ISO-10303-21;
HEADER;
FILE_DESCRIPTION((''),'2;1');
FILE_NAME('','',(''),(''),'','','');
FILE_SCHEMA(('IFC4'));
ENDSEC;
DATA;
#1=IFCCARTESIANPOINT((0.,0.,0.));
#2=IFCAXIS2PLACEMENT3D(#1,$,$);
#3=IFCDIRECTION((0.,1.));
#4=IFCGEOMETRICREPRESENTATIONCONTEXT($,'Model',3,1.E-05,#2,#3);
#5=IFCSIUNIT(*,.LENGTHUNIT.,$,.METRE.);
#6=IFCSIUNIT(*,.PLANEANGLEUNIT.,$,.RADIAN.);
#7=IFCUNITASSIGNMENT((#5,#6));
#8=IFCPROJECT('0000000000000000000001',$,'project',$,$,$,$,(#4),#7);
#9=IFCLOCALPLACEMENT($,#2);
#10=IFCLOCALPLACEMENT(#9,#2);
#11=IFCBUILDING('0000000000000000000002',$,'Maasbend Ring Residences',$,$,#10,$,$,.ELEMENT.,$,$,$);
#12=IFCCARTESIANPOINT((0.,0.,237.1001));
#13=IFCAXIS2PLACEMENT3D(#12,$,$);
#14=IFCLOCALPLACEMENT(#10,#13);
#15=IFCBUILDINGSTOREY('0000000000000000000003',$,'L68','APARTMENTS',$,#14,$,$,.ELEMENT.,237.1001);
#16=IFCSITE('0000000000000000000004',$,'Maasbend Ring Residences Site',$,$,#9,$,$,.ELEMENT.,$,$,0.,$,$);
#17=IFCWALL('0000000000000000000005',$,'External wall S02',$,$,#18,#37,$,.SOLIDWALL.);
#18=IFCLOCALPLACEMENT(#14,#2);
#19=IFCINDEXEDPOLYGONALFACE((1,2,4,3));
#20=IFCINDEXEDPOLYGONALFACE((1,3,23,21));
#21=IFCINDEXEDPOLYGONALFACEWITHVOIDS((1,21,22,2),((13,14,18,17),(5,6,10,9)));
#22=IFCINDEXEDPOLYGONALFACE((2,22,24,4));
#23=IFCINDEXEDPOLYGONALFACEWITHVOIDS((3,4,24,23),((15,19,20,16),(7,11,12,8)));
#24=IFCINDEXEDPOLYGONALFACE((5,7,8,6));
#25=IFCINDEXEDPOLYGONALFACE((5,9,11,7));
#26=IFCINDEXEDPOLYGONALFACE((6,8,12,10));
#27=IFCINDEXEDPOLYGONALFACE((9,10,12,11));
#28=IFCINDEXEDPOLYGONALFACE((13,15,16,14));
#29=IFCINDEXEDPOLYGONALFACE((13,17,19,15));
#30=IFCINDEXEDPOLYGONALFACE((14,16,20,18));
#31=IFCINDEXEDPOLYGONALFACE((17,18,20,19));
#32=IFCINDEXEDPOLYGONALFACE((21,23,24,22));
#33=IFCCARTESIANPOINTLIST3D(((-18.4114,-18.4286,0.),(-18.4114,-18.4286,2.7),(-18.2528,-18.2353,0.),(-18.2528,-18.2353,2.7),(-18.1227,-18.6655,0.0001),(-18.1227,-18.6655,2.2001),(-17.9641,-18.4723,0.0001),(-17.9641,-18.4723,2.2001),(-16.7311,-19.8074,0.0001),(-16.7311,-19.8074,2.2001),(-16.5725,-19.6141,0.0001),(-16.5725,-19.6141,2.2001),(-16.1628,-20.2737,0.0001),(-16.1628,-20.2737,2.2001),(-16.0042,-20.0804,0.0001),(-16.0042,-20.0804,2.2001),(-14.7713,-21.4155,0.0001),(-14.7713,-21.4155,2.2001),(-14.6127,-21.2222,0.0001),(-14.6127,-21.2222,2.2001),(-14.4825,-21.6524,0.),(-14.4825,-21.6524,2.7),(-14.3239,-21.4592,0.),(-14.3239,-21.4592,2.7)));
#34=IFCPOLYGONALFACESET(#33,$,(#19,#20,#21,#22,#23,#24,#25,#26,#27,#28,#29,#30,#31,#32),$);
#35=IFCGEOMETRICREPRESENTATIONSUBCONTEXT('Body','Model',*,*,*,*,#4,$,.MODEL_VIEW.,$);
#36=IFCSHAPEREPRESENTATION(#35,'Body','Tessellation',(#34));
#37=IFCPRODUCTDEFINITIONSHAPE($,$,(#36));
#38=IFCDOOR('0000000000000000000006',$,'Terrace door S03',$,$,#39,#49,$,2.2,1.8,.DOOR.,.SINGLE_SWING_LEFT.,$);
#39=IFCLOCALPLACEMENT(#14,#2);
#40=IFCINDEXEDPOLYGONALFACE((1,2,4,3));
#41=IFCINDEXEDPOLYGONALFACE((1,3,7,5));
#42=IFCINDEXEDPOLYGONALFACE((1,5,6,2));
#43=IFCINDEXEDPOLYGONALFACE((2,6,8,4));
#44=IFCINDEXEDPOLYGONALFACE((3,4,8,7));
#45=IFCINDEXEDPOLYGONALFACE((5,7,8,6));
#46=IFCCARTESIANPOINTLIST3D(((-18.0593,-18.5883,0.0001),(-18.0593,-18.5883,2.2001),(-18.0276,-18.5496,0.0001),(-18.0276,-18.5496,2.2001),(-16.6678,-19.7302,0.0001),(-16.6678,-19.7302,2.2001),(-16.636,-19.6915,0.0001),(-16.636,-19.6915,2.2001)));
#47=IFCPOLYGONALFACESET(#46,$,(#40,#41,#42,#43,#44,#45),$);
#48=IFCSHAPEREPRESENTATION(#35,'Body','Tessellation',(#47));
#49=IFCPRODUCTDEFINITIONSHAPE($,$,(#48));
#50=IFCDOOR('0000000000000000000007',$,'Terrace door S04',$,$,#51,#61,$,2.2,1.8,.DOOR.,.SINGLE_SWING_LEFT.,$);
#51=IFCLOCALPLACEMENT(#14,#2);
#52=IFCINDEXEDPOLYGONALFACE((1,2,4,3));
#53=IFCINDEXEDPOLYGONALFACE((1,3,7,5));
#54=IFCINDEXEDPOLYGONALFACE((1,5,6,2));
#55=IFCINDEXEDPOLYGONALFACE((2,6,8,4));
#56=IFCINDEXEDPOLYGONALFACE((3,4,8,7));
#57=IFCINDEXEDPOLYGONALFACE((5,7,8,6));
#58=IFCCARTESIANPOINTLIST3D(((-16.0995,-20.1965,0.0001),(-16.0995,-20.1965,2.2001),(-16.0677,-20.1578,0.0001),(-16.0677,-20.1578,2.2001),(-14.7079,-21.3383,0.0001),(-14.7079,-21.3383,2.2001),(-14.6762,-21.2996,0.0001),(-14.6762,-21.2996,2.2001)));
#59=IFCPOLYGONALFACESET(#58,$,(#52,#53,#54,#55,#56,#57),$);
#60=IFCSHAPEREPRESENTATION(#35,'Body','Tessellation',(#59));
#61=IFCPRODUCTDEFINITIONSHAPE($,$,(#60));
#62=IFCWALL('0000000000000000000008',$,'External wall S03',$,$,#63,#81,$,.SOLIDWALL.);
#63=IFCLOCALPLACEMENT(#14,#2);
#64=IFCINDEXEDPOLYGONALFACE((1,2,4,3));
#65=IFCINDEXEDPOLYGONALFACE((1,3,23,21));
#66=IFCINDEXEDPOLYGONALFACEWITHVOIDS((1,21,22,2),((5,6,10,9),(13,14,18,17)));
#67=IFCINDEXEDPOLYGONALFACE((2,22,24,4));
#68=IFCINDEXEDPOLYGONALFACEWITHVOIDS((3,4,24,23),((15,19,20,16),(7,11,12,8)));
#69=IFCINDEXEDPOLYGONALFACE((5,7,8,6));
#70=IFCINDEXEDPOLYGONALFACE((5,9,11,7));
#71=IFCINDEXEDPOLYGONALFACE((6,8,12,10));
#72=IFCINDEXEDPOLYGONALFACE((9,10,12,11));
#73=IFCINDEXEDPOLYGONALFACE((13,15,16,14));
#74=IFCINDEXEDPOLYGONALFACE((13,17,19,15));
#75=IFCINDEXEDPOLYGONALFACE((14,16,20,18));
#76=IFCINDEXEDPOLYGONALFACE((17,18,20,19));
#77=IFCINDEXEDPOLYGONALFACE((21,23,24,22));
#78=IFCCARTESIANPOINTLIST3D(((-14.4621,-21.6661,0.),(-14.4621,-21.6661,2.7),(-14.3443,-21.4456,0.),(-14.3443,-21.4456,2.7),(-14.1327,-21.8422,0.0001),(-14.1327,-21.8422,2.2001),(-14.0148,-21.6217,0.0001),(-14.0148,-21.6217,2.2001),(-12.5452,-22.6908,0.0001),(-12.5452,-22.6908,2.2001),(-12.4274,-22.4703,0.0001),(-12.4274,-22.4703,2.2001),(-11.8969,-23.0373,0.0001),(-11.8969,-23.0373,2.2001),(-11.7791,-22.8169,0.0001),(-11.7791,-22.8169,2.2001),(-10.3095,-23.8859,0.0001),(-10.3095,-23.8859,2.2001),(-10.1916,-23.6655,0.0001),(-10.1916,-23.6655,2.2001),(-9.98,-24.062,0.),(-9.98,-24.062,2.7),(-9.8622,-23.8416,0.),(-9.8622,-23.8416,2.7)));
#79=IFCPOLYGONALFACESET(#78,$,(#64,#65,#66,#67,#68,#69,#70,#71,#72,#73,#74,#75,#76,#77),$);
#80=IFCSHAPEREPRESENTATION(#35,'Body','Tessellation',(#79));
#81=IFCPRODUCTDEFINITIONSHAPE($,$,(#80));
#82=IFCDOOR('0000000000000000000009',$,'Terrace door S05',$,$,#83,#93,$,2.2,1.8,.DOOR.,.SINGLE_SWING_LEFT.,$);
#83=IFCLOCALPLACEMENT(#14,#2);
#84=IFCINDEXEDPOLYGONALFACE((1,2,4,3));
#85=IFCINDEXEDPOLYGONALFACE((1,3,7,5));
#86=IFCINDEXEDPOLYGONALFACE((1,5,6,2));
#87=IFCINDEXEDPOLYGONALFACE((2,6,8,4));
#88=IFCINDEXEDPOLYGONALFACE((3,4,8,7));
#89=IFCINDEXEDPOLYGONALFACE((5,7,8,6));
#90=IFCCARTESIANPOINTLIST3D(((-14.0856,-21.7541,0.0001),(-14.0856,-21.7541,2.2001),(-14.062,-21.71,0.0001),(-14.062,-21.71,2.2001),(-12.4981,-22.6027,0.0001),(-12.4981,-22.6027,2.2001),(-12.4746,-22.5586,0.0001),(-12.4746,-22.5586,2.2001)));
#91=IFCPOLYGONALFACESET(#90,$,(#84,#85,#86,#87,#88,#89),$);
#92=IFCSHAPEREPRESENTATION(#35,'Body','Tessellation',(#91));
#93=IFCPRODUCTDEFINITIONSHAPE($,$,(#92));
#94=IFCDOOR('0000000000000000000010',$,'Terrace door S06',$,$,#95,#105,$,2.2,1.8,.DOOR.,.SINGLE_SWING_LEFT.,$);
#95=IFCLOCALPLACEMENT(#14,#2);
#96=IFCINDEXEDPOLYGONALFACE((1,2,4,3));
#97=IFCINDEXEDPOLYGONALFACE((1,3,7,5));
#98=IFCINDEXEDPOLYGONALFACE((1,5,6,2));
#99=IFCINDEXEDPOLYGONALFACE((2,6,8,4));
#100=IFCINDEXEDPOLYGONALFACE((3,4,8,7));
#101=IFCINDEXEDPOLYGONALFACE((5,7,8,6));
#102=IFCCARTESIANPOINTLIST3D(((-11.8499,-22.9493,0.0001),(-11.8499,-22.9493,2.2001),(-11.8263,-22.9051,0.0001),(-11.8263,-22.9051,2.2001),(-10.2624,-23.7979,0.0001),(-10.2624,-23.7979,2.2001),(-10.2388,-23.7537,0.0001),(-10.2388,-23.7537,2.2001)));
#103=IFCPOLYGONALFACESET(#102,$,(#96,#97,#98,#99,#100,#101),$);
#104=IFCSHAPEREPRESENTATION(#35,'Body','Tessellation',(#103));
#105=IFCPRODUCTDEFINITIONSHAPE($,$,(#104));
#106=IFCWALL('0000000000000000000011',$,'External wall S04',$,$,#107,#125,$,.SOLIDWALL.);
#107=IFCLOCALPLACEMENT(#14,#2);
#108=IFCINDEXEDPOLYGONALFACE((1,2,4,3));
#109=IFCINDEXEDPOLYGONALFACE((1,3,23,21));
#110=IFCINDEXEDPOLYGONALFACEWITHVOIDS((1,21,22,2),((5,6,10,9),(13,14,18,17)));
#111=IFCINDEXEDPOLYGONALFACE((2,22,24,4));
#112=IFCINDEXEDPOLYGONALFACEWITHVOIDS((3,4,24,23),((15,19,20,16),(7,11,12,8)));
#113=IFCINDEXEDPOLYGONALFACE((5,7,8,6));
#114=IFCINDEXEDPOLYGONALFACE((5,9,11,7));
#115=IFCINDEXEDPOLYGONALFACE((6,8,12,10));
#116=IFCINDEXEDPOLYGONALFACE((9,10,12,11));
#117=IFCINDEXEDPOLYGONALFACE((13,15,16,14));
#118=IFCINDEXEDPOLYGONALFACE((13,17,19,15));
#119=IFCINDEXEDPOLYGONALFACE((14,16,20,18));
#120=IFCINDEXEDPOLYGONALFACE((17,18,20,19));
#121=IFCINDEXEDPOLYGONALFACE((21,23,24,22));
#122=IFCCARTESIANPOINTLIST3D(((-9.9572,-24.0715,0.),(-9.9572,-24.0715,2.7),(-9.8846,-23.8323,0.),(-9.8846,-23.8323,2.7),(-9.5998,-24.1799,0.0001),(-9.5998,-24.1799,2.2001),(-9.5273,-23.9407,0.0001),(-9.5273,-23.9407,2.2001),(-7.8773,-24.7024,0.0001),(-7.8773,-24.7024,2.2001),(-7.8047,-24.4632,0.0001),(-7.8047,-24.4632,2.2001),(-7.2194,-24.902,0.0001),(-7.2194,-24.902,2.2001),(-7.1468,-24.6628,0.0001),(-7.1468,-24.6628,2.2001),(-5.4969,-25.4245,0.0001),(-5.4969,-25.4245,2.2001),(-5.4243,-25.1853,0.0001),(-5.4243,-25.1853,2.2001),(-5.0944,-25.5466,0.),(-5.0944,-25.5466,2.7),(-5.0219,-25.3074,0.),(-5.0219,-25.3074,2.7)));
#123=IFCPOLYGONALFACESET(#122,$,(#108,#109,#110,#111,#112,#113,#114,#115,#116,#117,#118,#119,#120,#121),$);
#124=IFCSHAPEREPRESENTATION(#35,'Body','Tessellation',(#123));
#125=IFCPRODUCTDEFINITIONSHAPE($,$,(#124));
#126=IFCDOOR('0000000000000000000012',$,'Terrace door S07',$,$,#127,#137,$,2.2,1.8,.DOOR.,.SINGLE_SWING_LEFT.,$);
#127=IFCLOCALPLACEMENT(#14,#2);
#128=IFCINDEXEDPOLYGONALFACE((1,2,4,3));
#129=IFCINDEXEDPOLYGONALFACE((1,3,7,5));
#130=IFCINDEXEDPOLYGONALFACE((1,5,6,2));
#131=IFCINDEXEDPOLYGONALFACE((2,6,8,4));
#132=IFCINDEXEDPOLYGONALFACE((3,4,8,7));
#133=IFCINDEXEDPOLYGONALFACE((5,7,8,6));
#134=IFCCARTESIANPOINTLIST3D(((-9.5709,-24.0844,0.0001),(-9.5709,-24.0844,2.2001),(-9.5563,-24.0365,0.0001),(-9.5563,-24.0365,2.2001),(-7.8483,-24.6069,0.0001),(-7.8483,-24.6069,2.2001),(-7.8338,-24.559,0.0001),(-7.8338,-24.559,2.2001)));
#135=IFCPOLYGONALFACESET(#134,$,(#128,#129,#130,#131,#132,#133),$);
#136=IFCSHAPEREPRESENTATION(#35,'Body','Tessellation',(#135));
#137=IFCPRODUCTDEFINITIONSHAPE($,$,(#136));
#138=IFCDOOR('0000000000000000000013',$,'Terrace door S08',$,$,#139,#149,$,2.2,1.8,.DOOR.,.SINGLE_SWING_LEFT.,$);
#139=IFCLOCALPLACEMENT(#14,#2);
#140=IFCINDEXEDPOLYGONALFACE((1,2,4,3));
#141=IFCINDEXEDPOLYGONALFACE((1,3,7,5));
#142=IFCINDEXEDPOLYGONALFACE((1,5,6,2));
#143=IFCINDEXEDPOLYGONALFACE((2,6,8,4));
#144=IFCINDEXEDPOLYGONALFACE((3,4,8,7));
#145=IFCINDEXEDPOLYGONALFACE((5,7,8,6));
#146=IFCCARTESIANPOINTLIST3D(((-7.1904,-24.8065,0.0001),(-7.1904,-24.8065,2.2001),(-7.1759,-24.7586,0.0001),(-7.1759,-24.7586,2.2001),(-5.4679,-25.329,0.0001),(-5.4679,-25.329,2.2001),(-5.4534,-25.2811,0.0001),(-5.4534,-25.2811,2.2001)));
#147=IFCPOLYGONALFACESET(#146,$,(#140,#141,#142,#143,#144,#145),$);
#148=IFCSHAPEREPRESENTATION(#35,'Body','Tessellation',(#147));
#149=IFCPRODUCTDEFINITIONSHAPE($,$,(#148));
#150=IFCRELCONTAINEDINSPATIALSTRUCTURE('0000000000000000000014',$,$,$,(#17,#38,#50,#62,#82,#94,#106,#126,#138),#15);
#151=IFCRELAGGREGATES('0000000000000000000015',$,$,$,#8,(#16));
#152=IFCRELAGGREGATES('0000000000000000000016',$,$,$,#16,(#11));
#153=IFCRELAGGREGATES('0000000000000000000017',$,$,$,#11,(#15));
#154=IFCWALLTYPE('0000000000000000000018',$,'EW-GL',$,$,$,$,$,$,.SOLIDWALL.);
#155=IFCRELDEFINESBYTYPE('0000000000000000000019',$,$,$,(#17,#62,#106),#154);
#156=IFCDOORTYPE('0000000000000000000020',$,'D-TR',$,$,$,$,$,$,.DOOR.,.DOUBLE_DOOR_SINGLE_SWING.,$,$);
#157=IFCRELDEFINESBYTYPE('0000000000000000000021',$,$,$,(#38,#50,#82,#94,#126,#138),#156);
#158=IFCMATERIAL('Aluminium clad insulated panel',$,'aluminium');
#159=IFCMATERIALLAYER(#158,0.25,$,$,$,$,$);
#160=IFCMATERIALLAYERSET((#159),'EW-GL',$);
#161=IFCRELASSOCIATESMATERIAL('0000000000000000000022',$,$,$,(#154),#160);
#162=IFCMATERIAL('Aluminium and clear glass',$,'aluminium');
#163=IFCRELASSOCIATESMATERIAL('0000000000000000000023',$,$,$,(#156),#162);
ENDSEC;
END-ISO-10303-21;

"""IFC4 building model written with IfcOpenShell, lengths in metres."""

from ifc_helpers import new_model, si_unit, direction, frame, frame_2d, origin, place, context, subcontext, project, spatial, rectangle, extrude, material, layer, layer_set, type_object, element, fill, save


model = new_model("IFC4")

# Units and contexts
model_context = context("Model", 3, precision=1e-05, world=origin(), true_north=direction((0.0, 1.0)))
body_context = subcontext(model_context, "Body", "Model", "MODEL_VIEW")
ifc_project = project(units=[si_unit("LENGTHUNIT", "METRE"), si_unit("PLANEANGLEUNIT", "RADIAN")], contexts=[model_context])

# Site, building, storey
site_placement = place(None, origin())
site = spatial("IfcSite", under=ifc_project, at=site_placement, Name="Maasbend Ring Residences Site", CompositionType="ELEMENT", RefElevation=0.0)
building_placement = place(site_placement, origin())
building = spatial("IfcBuilding", under=site, at=building_placement, Name="Maasbend Ring Residences", CompositionType="ELEMENT")
storey_placement = place(building_placement, frame((0.0, 0.0, 237.1001)))
storey = spatial("IfcBuildingStorey", under=building, at=storey_placement, Name="L68", Description="APARTMENTS", CompositionType="ELEMENT", Elevation=237.1001)

# Walls, openings, doors
ifc_material_1 = material(Name="Aluminium clad insulated panel", Category="aluminium")
ifc_layer_1 = layer(ifc_material_1, 0.25)
ifc_layer_set_1 = layer_set([ifc_layer_1], Name="EW-GL")
wall_type_1 = type_object("IfcWallType", Name="EW-GL", PredefinedType="SOLIDWALL", material=ifc_layer_set_1)
wall_1_placement = place(storey_placement, frame((-18.332, -18.332, 0.0), z_axis=(0.0, 0.0, 1.0), x_axis=(0.773062, -0.634331, 0.0)))
wall_1 = element("IfcWall", 1, at=wall_1_placement, inside=storey, type_object=wall_type_1, Name="External wall S02", PredefinedType="SOLIDWALL", context=body_context, shape_type="SweptSolid", body=[
    extrude(rectangle(XDim=5.0823, YDim=0.25, at=frame_2d((2.541, 0.0))), origin(), (0.0, 0.0, 1.0), 2.7),
])
opening_1_placement = place(wall_1_placement, frame((0.3735, 0.0, 0.0)))
opening_1 = element("IfcOpeningElement", 2, at=opening_1_placement, cuts=wall_1, PredefinedType="OPENING", context=body_context, shape_type="SweptSolid", body=[
    extrude(rectangle(XDim=1.8, YDim=2.2, at=frame_2d((0.8999, 1.1001))), frame((0.0, 0.135, 0.0), z_axis=(0.0, -1.0, 0.0), x_axis=(1.0, 0.0, 0.0)), (0.0, 0.0, 1.0), 0.27),
])
opening_2_placement = place(wall_1_placement, frame((2.9087, 0.0, 0.0)))
opening_2 = element("IfcOpeningElement", 3, at=opening_2_placement, cuts=wall_1, PredefinedType="OPENING", context=body_context, shape_type="SweptSolid", body=[
    extrude(rectangle(XDim=1.8, YDim=2.2, at=frame_2d((0.8999, 1.1001))), frame((0.0, 0.135, 0.0), z_axis=(0.0, -1.0, 0.0), x_axis=(1.0, 0.0, 0.0)), (0.0, 0.0, 1.0), 0.27),
])
ifc_material_2 = material(Name="Aluminium and clear glass", Category="aluminium")
door_type_1 = type_object("IfcDoorType", Name="D-TR", OperationType="DOUBLE_DOOR_SINGLE_SWING", PredefinedType="DOOR", material=ifc_material_2)
door_1_placement = place(opening_1_placement, origin())
door_1 = element("IfcDoor", 4, at=door_1_placement, inside=storey, type_object=door_type_1, Name="Terrace door S03", OperationType="SINGLE_SWING_LEFT", OverallHeight=2.2, OverallWidth=1.8, PredefinedType="DOOR", context=body_context, shape_type="SweptSolid", body=[
    extrude(rectangle(XDim=1.8, YDim=2.2, at=frame_2d((0.8999, 1.1001))), frame((0.0, 0.0249, 0.0), z_axis=(0.0, -1.0, 0.0), x_axis=(1.0, 0.0, 0.0)), (0.0, 0.0, 1.0), 0.05),
])
fill(opening_1, door_1)
door_2_placement = place(opening_2_placement, origin())
door_2 = element("IfcDoor", 5, at=door_2_placement, inside=storey, type_object=door_type_1, Name="Terrace door S04", OperationType="SINGLE_SWING_LEFT", OverallHeight=2.2, OverallWidth=1.8, PredefinedType="DOOR", context=body_context, shape_type="SweptSolid", body=[
    extrude(rectangle(XDim=1.8, YDim=2.2, at=frame_2d((0.8999, 1.1001))), frame((0.0, 0.0249, 0.0), z_axis=(0.0, -1.0, 0.0), x_axis=(1.0, 0.0, 0.0)), (0.0, 0.0, 1.0), 0.05),
])
fill(opening_2, door_2)
wall_2_placement = place(storey_placement, frame((-14.4031, -21.5559, 0.0), z_axis=(0.0, 0.0, 1.0), x_axis=(0.881903, -0.471431, 0.0)))
wall_2 = element("IfcWall", 6, at=wall_2_placement, inside=storey, type_object=wall_type_1, Name="External wall S03", PredefinedType="SOLIDWALL", context=body_context, shape_type="SweptSolid", body=[
    extrude(rectangle(XDim=5.0823, YDim=0.25, at=frame_2d((2.541, 0.0))), origin(), (0.0, 0.0, 1.0), 2.7),
])
opening_3_placement = place(wall_2_placement, frame((0.3735, 0.0, 0.0)))
opening_3 = element("IfcOpeningElement", 7, at=opening_3_placement, cuts=wall_2, PredefinedType="OPENING", context=body_context, shape_type="SweptSolid", body=[
    extrude(rectangle(XDim=1.8, YDim=2.2, at=frame_2d((0.8999, 1.1001))), frame((0.0, 0.135, 0.0), z_axis=(0.0, -1.0, 0.0), x_axis=(1.0, 0.0, 0.0)), (0.0, 0.0, 1.0), 0.27),
])
opening_4_placement = place(wall_2_placement, frame((2.9087, 0.0, 0.0)))
opening_4 = element("IfcOpeningElement", 8, at=opening_4_placement, cuts=wall_2, PredefinedType="OPENING", context=body_context, shape_type="SweptSolid", body=[
    extrude(rectangle(XDim=1.8, YDim=2.2, at=frame_2d((0.8999, 1.1001))), frame((0.0, 0.135, 0.0), z_axis=(0.0, -1.0, 0.0), x_axis=(1.0, 0.0, 0.0)), (0.0, 0.0, 1.0), 0.27),
])
door_3_placement = place(opening_3_placement, origin())
door_3 = element("IfcDoor", 9, at=door_3_placement, inside=storey, type_object=door_type_1, Name="Terrace door S05", OperationType="SINGLE_SWING_LEFT", OverallHeight=2.2, OverallWidth=1.8, PredefinedType="DOOR", context=body_context, shape_type="SweptSolid", body=[
    extrude(rectangle(XDim=1.8, YDim=2.2, at=frame_2d((0.8999, 1.1001))), frame((0.0, 0.0249, 0.0), z_axis=(0.0, -1.0, 0.0), x_axis=(1.0, 0.0, 0.0)), (0.0, 0.0, 1.0), 0.05),
])
fill(opening_3, door_3)
door_4_placement = place(opening_4_placement, origin())
door_4 = element("IfcDoor", 10, at=door_4_placement, inside=storey, type_object=door_type_1, Name="Terrace door S06", OperationType="SINGLE_SWING_LEFT", OverallHeight=2.2, OverallWidth=1.8, PredefinedType="DOOR", context=body_context, shape_type="SweptSolid", body=[
    extrude(rectangle(XDim=1.8, YDim=2.2, at=frame_2d((0.8999, 1.1001))), frame((0.0, 0.0249, 0.0), z_axis=(0.0, -1.0, 0.0), x_axis=(1.0, 0.0, 0.0)), (0.0, 0.0, 1.0), 0.05),
])
fill(opening_4, door_4)
wall_3_placement = place(storey_placement, frame((-9.9209, -23.9519, 0.0), z_axis=(0.0, 0.0, 1.0), x_axis=(0.956941, -0.290282, 0.0)))
wall_3 = element("IfcWall", 11, at=wall_3_placement, inside=storey, type_object=wall_type_1, Name="External wall S04", PredefinedType="SOLIDWALL", context=body_context, shape_type="SweptSolid", body=[
    extrude(rectangle(XDim=5.0815, YDim=0.25, at=frame_2d((2.5408, 0.0))), origin(), (0.0, 0.0, 1.0), 2.7),
])
opening_5_placement = place(wall_3_placement, frame((0.3735, 0.0, 0.0)))
opening_5 = element("IfcOpeningElement", 12, at=opening_5_placement, cuts=wall_3, PredefinedType="OPENING", context=body_context, shape_type="SweptSolid", body=[
    extrude(rectangle(XDim=1.8, YDim=2.2, at=frame_2d((0.8999, 1.1001))), frame((0.0, 0.135, 0.0), z_axis=(0.0, -1.0, 0.0), x_axis=(1.0, 0.0, 0.0)), (0.0, 0.0, 1.0), 0.27),
])
opening_6_placement = place(wall_3_placement, frame((2.8611, 0.0, 0.0)))
opening_6 = element("IfcOpeningElement", 13, at=opening_6_placement, cuts=wall_3, PredefinedType="OPENING", context=body_context, shape_type="SweptSolid", body=[
    extrude(rectangle(XDim=1.8, YDim=2.2, at=frame_2d((0.8999, 1.1001))), frame((0.0, 0.135, 0.0), z_axis=(0.0, -1.0, 0.0), x_axis=(1.0, 0.0, 0.0)), (0.0, 0.0, 1.0), 0.27),
])
door_5_placement = place(opening_5_placement, origin())
door_5 = element("IfcDoor", 14, at=door_5_placement, inside=storey, type_object=door_type_1, Name="Terrace door S07", OperationType="SINGLE_SWING_LEFT", OverallHeight=2.2, OverallWidth=1.8, PredefinedType="DOOR", context=body_context, shape_type="SweptSolid", body=[
    extrude(rectangle(XDim=1.8, YDim=2.2, at=frame_2d((0.8999, 1.1001))), frame((0.0, 0.0249, 0.0), z_axis=(0.0, -1.0, 0.0), x_axis=(1.0, 0.0, 0.0)), (0.0, 0.0, 1.0), 0.05),
])
fill(opening_5, door_5)
door_6_placement = place(opening_6_placement, origin())
door_6 = element("IfcDoor", 15, at=door_6_placement, inside=storey, type_object=door_type_1, Name="Terrace door S08", OperationType="SINGLE_SWING_LEFT", OverallHeight=2.2, OverallWidth=1.8, PredefinedType="DOOR", context=body_context, shape_type="SweptSolid", body=[
    extrude(rectangle(XDim=1.8, YDim=2.2, at=frame_2d((0.8999, 1.1001))), frame((0.0, 0.0249, 0.0), z_axis=(0.0, -1.0, 0.0), x_axis=(1.0, 0.0, 0.0)), (0.0, 0.0, 1.0), 0.05),
])
fill(opening_6, door_6)

save(model, "model.ifc")
